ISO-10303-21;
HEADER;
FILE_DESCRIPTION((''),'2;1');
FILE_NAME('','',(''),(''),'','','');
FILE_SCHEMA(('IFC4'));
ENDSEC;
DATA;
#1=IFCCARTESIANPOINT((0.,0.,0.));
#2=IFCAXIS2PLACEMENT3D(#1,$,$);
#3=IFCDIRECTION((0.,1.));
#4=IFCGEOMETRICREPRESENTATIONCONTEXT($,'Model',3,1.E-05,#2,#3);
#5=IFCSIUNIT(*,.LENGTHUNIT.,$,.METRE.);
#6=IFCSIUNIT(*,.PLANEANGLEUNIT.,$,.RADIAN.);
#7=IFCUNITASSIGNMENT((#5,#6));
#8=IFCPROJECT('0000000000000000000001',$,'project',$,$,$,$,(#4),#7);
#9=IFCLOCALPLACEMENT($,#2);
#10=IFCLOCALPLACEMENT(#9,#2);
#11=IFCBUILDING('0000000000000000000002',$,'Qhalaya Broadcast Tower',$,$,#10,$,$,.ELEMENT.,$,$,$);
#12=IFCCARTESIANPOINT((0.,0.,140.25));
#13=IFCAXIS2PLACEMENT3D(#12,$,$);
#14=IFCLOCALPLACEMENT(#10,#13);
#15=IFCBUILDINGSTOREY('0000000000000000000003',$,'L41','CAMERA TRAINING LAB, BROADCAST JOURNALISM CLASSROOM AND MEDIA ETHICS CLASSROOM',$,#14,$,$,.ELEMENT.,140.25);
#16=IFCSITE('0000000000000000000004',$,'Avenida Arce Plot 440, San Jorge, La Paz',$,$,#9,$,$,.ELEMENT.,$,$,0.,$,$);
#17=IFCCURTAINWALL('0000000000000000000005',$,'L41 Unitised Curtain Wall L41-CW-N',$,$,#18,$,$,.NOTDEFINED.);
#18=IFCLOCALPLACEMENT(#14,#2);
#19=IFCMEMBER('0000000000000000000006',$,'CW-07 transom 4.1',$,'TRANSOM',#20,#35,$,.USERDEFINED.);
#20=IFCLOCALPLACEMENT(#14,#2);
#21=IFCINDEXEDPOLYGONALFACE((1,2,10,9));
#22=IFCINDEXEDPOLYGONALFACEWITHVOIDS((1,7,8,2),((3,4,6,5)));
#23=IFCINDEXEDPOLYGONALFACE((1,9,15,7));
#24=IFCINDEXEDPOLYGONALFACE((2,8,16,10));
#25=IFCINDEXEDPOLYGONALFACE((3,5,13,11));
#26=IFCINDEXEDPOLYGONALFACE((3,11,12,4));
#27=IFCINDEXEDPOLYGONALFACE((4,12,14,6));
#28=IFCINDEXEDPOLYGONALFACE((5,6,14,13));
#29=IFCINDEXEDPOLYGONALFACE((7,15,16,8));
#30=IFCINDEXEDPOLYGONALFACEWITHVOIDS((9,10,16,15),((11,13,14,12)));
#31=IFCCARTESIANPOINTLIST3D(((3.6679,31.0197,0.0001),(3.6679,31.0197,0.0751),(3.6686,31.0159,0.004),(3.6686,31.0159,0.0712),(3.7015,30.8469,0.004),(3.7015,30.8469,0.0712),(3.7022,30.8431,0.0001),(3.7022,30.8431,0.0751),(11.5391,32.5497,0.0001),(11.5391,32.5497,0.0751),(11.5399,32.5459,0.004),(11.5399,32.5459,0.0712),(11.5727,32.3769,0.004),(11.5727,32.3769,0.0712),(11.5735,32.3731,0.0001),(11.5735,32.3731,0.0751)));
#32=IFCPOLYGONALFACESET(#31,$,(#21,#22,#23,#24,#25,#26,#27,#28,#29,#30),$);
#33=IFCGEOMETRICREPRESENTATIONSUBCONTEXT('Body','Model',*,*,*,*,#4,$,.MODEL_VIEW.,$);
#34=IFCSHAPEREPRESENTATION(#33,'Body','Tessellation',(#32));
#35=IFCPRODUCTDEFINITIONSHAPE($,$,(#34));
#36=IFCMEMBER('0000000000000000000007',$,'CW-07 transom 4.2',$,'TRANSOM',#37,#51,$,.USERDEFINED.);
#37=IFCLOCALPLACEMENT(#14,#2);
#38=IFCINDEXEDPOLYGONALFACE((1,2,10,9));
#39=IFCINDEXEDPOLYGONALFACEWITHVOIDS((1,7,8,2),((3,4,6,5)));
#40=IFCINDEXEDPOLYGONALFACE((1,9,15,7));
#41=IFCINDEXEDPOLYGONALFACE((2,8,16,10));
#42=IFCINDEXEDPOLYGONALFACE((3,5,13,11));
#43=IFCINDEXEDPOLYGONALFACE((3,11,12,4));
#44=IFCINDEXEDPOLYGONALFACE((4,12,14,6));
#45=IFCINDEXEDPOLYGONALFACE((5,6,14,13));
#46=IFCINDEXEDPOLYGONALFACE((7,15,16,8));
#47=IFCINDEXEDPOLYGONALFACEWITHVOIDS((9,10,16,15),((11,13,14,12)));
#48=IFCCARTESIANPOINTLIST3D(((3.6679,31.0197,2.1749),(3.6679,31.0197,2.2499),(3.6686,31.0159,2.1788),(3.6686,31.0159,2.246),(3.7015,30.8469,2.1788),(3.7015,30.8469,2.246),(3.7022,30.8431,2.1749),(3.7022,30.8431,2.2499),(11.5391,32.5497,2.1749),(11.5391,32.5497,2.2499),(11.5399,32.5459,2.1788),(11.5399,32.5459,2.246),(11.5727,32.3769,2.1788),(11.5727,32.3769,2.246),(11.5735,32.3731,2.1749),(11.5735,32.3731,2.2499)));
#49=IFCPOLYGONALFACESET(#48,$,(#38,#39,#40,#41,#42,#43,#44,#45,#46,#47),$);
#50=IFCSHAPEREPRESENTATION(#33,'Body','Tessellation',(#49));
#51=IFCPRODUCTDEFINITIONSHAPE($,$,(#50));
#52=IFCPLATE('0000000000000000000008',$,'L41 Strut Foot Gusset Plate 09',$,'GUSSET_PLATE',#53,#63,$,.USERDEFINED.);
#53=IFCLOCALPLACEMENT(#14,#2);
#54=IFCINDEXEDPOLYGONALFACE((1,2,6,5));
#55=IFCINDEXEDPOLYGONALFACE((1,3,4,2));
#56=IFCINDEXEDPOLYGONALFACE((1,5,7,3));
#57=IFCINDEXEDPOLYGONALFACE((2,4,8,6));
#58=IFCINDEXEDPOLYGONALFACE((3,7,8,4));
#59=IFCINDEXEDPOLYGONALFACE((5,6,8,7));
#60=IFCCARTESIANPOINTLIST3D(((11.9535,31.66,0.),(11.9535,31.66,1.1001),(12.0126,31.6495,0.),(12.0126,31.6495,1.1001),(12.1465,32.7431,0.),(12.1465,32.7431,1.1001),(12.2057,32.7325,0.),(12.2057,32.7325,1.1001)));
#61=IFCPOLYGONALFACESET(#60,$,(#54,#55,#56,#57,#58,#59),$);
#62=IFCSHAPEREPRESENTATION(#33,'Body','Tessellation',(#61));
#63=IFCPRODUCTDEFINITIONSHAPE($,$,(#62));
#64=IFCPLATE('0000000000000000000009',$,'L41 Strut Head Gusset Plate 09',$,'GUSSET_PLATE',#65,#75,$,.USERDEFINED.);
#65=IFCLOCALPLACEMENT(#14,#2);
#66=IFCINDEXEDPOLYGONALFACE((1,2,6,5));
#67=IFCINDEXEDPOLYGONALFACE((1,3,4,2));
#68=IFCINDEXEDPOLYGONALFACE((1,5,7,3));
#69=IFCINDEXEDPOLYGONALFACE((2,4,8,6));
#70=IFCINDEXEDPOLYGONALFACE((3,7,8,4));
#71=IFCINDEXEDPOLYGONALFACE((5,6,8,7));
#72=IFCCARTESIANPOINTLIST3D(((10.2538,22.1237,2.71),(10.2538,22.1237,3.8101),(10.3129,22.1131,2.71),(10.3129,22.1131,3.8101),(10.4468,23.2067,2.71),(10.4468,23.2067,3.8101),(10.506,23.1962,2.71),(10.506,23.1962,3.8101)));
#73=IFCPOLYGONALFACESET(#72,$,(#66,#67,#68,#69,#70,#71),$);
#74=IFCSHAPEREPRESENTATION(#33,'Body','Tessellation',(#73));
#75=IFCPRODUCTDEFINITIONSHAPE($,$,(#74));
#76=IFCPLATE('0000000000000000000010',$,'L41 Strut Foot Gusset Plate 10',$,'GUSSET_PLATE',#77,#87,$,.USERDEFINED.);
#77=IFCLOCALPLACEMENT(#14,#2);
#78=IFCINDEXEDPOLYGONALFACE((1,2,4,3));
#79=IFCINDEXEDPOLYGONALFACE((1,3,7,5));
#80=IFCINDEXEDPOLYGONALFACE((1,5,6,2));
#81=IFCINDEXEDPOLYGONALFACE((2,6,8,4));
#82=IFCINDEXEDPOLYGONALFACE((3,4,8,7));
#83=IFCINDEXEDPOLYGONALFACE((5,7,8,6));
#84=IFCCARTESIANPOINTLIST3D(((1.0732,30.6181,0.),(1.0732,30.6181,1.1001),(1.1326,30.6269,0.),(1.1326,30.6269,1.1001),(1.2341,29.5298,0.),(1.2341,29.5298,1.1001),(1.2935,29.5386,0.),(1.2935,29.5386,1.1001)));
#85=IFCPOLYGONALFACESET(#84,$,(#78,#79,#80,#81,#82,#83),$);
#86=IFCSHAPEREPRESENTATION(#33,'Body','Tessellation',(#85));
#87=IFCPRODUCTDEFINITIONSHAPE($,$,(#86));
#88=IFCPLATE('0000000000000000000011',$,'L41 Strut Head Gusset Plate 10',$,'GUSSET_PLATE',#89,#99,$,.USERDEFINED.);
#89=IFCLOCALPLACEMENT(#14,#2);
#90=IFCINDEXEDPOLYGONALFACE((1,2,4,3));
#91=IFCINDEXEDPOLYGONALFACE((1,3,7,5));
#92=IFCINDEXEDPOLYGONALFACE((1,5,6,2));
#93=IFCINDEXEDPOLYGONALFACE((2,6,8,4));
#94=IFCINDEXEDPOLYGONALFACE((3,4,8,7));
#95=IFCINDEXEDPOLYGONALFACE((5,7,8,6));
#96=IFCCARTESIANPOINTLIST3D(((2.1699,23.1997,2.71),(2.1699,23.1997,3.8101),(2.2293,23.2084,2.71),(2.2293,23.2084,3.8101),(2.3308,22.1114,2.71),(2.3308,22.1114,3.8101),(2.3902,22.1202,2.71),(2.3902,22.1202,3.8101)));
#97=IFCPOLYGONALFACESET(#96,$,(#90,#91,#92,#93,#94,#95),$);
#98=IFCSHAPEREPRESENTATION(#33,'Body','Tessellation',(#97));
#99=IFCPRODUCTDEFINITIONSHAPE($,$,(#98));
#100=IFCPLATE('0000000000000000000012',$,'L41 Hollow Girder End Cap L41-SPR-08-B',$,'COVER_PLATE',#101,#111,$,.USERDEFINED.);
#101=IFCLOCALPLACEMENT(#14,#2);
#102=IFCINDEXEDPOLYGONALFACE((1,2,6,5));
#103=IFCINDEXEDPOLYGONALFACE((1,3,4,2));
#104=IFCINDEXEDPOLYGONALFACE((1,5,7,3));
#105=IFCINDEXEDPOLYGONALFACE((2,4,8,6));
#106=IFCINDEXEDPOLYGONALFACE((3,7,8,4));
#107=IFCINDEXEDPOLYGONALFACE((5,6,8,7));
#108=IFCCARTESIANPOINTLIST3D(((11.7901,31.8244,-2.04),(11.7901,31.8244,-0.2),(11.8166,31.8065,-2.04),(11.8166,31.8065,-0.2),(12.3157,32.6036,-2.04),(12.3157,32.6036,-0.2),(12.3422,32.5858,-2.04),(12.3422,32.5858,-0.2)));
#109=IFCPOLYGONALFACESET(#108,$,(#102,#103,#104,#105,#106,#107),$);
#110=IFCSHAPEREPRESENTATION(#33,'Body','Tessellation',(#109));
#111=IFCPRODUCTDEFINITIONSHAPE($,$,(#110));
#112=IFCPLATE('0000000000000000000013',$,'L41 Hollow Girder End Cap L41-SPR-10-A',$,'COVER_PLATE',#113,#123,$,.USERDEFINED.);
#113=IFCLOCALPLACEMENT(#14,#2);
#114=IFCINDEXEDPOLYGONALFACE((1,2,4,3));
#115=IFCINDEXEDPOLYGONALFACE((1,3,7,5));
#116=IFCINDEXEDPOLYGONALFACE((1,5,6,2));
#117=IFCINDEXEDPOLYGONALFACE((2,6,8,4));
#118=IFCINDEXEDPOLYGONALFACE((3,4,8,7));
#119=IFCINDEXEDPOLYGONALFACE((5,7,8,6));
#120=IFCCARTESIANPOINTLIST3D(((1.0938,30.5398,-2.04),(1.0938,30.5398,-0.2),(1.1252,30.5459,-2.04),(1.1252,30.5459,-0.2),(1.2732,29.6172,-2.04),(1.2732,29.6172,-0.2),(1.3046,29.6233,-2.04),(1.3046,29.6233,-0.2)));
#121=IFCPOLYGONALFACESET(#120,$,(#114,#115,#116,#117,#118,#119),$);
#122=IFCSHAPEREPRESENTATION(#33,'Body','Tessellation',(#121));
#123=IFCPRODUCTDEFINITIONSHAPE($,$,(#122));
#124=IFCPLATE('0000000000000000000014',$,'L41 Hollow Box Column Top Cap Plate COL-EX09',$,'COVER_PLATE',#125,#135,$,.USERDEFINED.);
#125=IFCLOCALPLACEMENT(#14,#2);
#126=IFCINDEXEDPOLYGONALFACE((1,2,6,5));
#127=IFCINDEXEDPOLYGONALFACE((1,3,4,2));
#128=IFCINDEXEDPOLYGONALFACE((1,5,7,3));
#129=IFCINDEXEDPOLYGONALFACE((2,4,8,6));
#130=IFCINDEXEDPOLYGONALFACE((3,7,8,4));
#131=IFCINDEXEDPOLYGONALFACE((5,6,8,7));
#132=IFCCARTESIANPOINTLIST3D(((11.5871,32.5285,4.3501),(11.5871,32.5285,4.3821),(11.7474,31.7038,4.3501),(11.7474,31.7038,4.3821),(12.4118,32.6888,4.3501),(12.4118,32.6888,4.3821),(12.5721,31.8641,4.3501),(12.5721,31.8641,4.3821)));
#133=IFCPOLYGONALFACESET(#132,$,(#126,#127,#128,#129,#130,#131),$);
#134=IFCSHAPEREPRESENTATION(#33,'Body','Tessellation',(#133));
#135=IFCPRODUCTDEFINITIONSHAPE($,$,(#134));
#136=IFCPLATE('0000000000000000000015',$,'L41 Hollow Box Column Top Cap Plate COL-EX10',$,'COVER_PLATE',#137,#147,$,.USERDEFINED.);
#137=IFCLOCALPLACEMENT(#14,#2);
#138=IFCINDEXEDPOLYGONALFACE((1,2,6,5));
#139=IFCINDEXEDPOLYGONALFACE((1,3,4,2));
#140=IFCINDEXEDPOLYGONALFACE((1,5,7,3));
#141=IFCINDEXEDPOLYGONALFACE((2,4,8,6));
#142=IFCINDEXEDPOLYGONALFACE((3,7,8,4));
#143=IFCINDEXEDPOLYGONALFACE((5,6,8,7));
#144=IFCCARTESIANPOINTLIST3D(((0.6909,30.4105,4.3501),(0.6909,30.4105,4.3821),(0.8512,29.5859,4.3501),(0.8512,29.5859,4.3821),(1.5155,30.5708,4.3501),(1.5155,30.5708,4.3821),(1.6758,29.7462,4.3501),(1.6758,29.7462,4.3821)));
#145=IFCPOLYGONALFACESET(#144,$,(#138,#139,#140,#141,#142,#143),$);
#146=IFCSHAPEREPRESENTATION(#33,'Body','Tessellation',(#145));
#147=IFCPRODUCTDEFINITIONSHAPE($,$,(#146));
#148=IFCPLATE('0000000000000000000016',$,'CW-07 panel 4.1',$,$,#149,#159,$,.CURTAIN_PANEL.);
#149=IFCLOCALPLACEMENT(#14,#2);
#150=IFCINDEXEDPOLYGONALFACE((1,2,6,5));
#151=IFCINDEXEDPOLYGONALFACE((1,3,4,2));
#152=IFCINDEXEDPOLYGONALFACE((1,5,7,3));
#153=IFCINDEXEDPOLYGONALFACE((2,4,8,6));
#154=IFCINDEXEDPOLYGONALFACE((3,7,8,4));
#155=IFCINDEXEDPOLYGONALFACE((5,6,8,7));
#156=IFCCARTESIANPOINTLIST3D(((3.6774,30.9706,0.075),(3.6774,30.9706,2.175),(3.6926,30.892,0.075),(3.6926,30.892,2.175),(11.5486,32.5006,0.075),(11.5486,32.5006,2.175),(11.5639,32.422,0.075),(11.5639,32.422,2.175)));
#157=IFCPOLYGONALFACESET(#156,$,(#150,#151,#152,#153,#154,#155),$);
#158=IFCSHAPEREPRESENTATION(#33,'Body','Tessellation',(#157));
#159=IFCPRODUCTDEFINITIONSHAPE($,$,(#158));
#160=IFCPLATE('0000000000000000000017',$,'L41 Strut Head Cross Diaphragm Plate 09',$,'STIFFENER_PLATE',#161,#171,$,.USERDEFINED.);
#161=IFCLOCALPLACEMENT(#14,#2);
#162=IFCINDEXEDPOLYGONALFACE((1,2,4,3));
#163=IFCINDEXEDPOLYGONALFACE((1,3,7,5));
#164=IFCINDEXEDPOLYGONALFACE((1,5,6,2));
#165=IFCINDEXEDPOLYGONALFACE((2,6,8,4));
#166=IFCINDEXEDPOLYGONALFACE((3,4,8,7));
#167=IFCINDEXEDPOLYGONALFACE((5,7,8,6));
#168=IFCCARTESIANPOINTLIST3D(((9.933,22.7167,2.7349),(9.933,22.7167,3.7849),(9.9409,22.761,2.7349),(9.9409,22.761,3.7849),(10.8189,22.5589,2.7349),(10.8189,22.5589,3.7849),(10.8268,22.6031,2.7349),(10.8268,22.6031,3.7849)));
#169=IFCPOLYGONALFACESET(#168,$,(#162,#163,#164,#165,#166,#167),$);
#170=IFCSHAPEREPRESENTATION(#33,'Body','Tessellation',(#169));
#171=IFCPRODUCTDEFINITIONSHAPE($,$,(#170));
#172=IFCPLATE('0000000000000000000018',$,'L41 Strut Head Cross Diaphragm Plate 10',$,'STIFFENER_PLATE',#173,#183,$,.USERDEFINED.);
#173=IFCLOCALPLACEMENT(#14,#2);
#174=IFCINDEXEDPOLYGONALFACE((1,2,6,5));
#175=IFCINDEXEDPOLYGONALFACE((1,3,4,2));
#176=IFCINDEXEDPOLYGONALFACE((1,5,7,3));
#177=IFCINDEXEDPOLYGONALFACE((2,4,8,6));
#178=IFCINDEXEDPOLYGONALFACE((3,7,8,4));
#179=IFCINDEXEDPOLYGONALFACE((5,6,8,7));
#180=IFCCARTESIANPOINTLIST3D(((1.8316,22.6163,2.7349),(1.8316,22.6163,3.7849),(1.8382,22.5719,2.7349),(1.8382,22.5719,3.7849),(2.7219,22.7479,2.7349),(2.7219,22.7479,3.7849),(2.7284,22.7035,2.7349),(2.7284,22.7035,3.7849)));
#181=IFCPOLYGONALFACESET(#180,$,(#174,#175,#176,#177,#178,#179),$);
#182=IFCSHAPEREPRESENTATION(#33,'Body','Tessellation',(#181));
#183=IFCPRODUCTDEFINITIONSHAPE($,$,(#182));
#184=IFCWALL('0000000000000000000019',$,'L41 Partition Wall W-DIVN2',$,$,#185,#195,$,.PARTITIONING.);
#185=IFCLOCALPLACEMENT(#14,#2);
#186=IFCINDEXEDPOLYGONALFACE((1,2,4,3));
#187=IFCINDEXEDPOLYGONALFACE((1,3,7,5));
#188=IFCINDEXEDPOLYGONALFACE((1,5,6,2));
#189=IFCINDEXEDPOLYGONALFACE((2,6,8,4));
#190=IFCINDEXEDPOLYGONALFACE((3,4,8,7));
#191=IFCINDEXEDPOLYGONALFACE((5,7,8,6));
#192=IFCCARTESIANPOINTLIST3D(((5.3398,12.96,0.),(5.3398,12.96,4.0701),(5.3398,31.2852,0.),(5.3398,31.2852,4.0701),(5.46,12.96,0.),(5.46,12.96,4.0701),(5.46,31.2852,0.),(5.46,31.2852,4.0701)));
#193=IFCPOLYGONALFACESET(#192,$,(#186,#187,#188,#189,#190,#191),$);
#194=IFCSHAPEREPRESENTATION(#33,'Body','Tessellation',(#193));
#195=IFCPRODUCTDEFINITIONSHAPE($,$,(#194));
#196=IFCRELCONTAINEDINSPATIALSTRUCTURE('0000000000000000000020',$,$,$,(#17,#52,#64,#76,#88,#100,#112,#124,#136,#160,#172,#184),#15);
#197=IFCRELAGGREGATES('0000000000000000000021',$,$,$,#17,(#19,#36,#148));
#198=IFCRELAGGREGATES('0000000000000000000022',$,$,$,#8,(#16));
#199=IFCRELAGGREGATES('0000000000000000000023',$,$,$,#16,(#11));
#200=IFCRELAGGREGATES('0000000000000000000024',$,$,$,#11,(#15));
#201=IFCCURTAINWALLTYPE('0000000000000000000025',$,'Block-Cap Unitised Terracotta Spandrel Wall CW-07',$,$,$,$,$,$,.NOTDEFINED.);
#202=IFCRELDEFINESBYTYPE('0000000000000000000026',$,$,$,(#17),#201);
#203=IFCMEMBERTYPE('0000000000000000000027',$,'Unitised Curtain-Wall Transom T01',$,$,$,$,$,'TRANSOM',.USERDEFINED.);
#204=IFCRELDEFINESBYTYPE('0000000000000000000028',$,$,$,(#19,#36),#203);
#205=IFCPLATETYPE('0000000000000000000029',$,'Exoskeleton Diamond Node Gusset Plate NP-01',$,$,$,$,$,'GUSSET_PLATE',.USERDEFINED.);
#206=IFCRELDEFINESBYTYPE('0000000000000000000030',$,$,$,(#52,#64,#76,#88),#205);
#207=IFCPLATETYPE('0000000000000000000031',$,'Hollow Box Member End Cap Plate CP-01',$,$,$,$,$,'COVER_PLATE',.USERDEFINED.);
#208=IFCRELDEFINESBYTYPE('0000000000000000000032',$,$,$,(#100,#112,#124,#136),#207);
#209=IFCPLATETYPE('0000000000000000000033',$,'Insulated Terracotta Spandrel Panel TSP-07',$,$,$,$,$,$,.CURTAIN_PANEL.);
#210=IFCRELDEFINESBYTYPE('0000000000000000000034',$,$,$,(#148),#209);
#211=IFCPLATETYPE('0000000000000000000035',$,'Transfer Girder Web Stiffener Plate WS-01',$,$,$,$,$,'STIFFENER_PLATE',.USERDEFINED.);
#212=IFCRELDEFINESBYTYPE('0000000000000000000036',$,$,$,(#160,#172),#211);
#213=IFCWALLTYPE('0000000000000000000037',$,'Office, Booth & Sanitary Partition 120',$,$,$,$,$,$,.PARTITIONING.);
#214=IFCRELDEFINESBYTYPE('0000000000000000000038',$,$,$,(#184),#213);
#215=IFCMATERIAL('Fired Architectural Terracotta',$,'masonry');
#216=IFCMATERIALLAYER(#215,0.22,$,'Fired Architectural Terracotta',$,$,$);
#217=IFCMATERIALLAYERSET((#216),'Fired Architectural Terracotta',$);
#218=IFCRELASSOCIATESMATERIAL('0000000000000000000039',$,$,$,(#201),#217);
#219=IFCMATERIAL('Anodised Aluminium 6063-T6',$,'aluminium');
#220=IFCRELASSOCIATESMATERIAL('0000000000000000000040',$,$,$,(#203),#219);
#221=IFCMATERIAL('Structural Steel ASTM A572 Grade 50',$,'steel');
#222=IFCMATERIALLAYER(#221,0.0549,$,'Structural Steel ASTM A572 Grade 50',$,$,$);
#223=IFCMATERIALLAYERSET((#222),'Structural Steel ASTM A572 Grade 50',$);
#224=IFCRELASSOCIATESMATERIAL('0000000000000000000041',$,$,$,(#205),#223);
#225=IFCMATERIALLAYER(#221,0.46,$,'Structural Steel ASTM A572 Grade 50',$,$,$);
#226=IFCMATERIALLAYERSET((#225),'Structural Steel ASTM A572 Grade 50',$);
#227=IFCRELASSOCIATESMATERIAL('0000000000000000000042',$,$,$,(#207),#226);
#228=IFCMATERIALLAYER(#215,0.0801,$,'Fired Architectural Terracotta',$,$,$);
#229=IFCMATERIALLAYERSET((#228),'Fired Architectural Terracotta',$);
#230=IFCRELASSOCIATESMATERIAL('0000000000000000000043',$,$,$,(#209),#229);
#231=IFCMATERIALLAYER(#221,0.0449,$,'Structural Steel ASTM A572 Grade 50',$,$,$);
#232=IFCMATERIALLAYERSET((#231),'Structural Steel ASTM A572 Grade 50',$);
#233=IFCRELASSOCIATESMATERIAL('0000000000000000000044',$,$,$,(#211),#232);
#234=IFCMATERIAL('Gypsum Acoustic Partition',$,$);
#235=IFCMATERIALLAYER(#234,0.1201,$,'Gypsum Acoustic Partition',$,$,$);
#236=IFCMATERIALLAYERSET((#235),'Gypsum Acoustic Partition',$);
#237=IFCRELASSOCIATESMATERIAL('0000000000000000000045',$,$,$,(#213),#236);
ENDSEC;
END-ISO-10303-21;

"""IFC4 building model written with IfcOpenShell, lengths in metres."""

from ifc_helpers import new_model, si_unit, direction, frame, frame_2d, origin, origin_2d, place, context, subcontext, project, spatial, rectangle, hollow_rectangle, extrude, material, layer, layer_set, material_profile, profile_set, type_object, element, aggregate, save


model = new_model("IFC4")

# Units and contexts
model_context = context("Model", 3, precision=1e-05, world=origin(), true_north=direction((0.0, 1.0)))
body_context = subcontext(model_context, "Body", "Model", "MODEL_VIEW")
ifc_project = project(units=[si_unit("LENGTHUNIT", "METRE"), si_unit("PLANEANGLEUNIT", "RADIAN")], contexts=[model_context])

# Site, building, storey
site_placement = place(None, origin())
site = spatial("IfcSite", under=ifc_project, at=site_placement, Name="Avenida Arce Plot 440, San Jorge, La Paz", CompositionType="ELEMENT", RefElevation=0.0)
building_placement = place(site_placement, origin())
building = spatial("IfcBuilding", under=site, at=building_placement, Name="Qhalaya Broadcast Tower", CompositionType="ELEMENT")
storey_placement = place(building_placement, frame((0.0, 0.0, 140.25)))
storey = spatial("IfcBuildingStorey", under=building, at=storey_placement, Name="L41", Description="CAMERA TRAINING LAB, BROADCAST JOURNALISM CLASSROOM AND MEDIA ETHICS CLASSROOM", CompositionType="ELEMENT", Elevation=140.25)

# Shared definitions
ifc_material_1 = material(Name="Structural Steel ASTM A572 Grade 50", Category="steel")

# Curtain wall, members
ifc_material_2 = material(Name="Fired Architectural Terracotta", Category="masonry")
ifc_layer_1 = layer(ifc_material_2, 0.22, Name="Fired Architectural Terracotta")
ifc_layer_set_1 = layer_set([ifc_layer_1], Name="Fired Architectural Terracotta")
curtain_wall_type = type_object("IfcCurtainWallType", Name="Block-Cap Unitised Terracotta Spandrel Wall CW-07", PredefinedType="NOTDEFINED", material=ifc_layer_set_1)
curtain_wall_placement = place(storey_placement, origin())
curtain_wall = element("IfcCurtainWall", 1, at=curtain_wall_placement, inside=storey, type_object=curtain_wall_type, Name="L41 Unitised Curtain Wall L41-CW-N", PredefinedType="NOTDEFINED")
ifc_material_3 = material(Name="Anodised Aluminium 6063-T6", Category="aluminium")
ifc_material_profile_1 = material_profile(ifc_material_3, hollow_rectangle(XDim=0.075, YDim=0.1799, WallThickness=0.0039, at=origin_2d()), Name="ALU-TRN 75x180x4")
ifc_profile_set_1 = profile_set([ifc_material_profile_1], Name="Anodised Aluminium 6063-T6")
member_type_1 = type_object("IfcMemberType", Name="Unitised Curtain-Wall Transom T01", ElementType="TRANSOM", PredefinedType="USERDEFINED", material=ifc_profile_set_1)
member_1_placement = place(storey_placement, frame((3.6851, 30.9314, 0.0376), z_axis=(0.981627, 0.190809, 0.0), x_axis=(0.0, 0.0, 1.0)))
member_1 = element("IfcMember", 2, at=member_1_placement, type_object=member_type_1, Name="CW-07 transom 4.1", ObjectType="TRANSOM", PredefinedType="USERDEFINED", context=body_context, shape_type="SweptSolid", body=[
    extrude(hollow_rectangle(XDim=0.075, YDim=0.1799, WallThickness=0.0039, at=origin_2d()), origin(), (0.0, 0.0, 1.0), 8.0186),
])
member_2_placement = place(storey_placement, frame((3.6851, 30.9314, 2.2124), z_axis=(0.981627, 0.190809, 0.0), x_axis=(0.0, 0.0, 1.0)))
member_2 = element("IfcMember", 3, at=member_2_placement, type_object=member_type_1, Name="CW-07 transom 4.2", ObjectType="TRANSOM", PredefinedType="USERDEFINED", context=body_context, shape_type="SweptSolid", body=[
    extrude(hollow_rectangle(XDim=0.075, YDim=0.1799, WallThickness=0.0039, at=origin_2d()), origin(), (0.0, 0.0, 1.0), 8.0186),
])

# Plates
ifc_layer_2 = layer(ifc_material_1, 0.0549, Name="Structural Steel ASTM A572 Grade 50")
ifc_layer_set_2 = layer_set([ifc_layer_2], Name="Structural Steel ASTM A572 Grade 50")
plate_type_1 = type_object("IfcPlateType", Name="Exoskeleton Diamond Node Gusset Plate NP-01", ElementType="GUSSET_PLATE", PredefinedType="USERDEFINED", material=ifc_layer_set_2)
for number, where, z_axis, x_axis, name in (
    (4, (12.0796, 32.1963, 0.0), (0.0, 0.0, 1.0), (-0.175453, -0.984488, 0.0), "L41 Strut Foot Gusset Plate 09"),
    (5, (10.3799, 22.6599, 2.71), (0.0, 0.0, 1.0), (-0.175453, -0.984488, 0.0), "L41 Strut Head Gusset Plate 09"),
    (6, (1.1833, 30.0784, 0.0), (0.0, 0.0, 1.0), (0.146238, -0.989249, 0.0), "L41 Strut Foot Gusset Plate 10"),
    (7, (2.28, 22.6599, 2.71), (0.0, 0.0, 1.0), (0.146238, -0.989249, 0.0), "L41 Strut Head Gusset Plate 10"),
):
    element("IfcPlate", number, at=place(storey_placement, frame(where, z_axis=z_axis, x_axis=x_axis)), inside=storey, type_object=plate_type_1, Name=name, ObjectType="GUSSET_PLATE", PredefinedType="USERDEFINED", context=body_context, shape_type="SweptSolid", body=[
        extrude(rectangle(XDim=1.1001, YDim=0.0601, at=origin_2d()), origin(), (0.0, 0.0, 1.0), 1.1001),
    ])
ifc_layer_3 = layer(ifc_material_1, 0.46, Name="Structural Steel ASTM A572 Grade 50")
ifc_layer_set_3 = layer_set([ifc_layer_3], Name="Structural Steel ASTM A572 Grade 50")
plate_type_2 = type_object("IfcPlateType", Name="Hollow Box Member End Cap Plate CP-01", ElementType="COVER_PLATE", PredefinedType="USERDEFINED", material=ifc_layer_set_3)
for number, where, z_axis, x_axis, name in (
    (8, (12.0662, 32.2051, -2.04), (0.0, 0.0, 1.0), (-0.559193, -0.829038, 0.0), "L41 Hollow Girder End Cap L41-SPR-08-B"),
    (9, (1.1992, 30.0815, -2.04), (0.0, 0.0, 1.0), (0.190809, -0.981627, 0.0), "L41 Hollow Girder End Cap L41-SPR-10-A"),
):
    element("IfcPlate", number, at=place(storey_placement, frame(where, z_axis=z_axis, x_axis=x_axis)), inside=storey, type_object=plate_type_2, Name=name, ObjectType="COVER_PLATE", PredefinedType="USERDEFINED", context=body_context, shape_type="SweptSolid", body=[
        extrude(rectangle(XDim=0.9399, YDim=0.032, at=origin_2d()), origin(), (0.0, 0.0, 1.0), 1.8401),
    ])
for number, where, z_axis, x_axis, name in (
    (10, (12.0796, 32.1963, 4.3501), (0.0, 0.0, 1.0), (0.981627, 0.190809, 0.0), "L41 Hollow Box Column Top Cap Plate COL-EX09"),
    (11, (1.1833, 30.0784, 4.3501), (0.0, 0.0, 1.0), (0.981627, 0.190809, 0.0), "L41 Hollow Box Column Top Cap Plate COL-EX10"),
):
    element("IfcPlate", number, at=place(storey_placement, frame(where, z_axis=z_axis, x_axis=x_axis)), inside=storey, type_object=plate_type_2, Name=name, ObjectType="COVER_PLATE", PredefinedType="USERDEFINED", context=body_context, shape_type="SweptSolid", body=[
        extrude(rectangle(XDim=0.8401, YDim=0.8401, at=origin_2d()), origin(), (0.0, 0.0, 1.0), 0.032),
    ])

# Plate
ifc_layer_4 = layer(ifc_material_2, 0.0801, Name="Fired Architectural Terracotta")
ifc_layer_set_4 = layer_set([ifc_layer_4], Name="Fired Architectural Terracotta")
plate_type_3 = type_object("IfcPlateType", Name="Insulated Terracotta Spandrel Panel TSP-07", PredefinedType="CURTAIN_PANEL", material=ifc_layer_set_4)
plate_placement = place(storey_placement, frame((7.6206, 31.6963, 0.075), z_axis=(0.0, 0.0, 1.0), x_axis=(0.981627, 0.19081, 0.0)))
plate = element("IfcPlate", 12, at=plate_placement, type_object=plate_type_3, Name="CW-07 panel 4.1", PredefinedType="CURTAIN_PANEL", context=body_context, shape_type="SweptSolid", body=[
    extrude(rectangle(XDim=8.0186, YDim=0.0801, at=origin_2d()), origin(), (0.0, 0.0, 1.0), 2.1001),
])
aggregate(curtain_wall, [member_1, member_2, plate])

# Plates
ifc_layer_5 = layer(ifc_material_1, 0.0449, Name="Structural Steel ASTM A572 Grade 50")
ifc_layer_set_5 = layer_set([ifc_layer_5], Name="Structural Steel ASTM A572 Grade 50")
plate_type_4 = type_object("IfcPlateType", Name="Transfer Girder Web Stiffener Plate WS-01", ElementType="STIFFENER_PLATE", PredefinedType="USERDEFINED", material=ifc_layer_set_5)
for number, where, z_axis, x_axis, name in (
    (13, (10.3799, 22.6599, 2.7349), (0.0, 0.0, 1.0), (0.984488, -0.175453, 0.0), "L41 Strut Head Cross Diaphragm Plate 09"),
    (14, (2.28, 22.6599, 2.7349), (0.0, 0.0, 1.0), (0.989249, 0.146238, 0.0), "L41 Strut Head Cross Diaphragm Plate 10"),
):
    element("IfcPlate", number, at=place(storey_placement, frame(where, z_axis=z_axis, x_axis=x_axis)), inside=storey, type_object=plate_type_4, Name=name, ObjectType="STIFFENER_PLATE", PredefinedType="USERDEFINED", context=body_context, shape_type="SweptSolid", body=[
        extrude(rectangle(XDim=0.8999, YDim=0.0449, at=origin_2d()), origin(), (0.0, 0.0, 1.0), 1.05),
    ])

# Wall
ifc_material_4 = material(Name="Gypsum Acoustic Partition")
ifc_layer_6 = layer(ifc_material_4, 0.1201, Name="Gypsum Acoustic Partition")
ifc_layer_set_6 = layer_set([ifc_layer_6], Name="Gypsum Acoustic Partition")
wall_type = type_object("IfcWallType", Name="Office, Booth & Sanitary Partition 120", PredefinedType="PARTITIONING", material=ifc_layer_set_6)
wall_placement = place(storey_placement, frame((5.3999, 12.96, 0.0), z_axis=(0.0, 0.0, 1.0), x_axis=(0.0, 1.0, 0.0)))
element("IfcWall", 15, at=wall_placement, inside=storey, type_object=wall_type, Name="L41 Partition Wall W-DIVN2", PredefinedType="PARTITIONING", context=body_context, shape_type="SweptSolid", body=[
    extrude(rectangle(XDim=18.3252, YDim=0.1201, at=frame_2d((9.1626, 0.0))), origin(), (0.0, 0.0, 1.0), 4.0701),
])

save(model, "model.ifc")
